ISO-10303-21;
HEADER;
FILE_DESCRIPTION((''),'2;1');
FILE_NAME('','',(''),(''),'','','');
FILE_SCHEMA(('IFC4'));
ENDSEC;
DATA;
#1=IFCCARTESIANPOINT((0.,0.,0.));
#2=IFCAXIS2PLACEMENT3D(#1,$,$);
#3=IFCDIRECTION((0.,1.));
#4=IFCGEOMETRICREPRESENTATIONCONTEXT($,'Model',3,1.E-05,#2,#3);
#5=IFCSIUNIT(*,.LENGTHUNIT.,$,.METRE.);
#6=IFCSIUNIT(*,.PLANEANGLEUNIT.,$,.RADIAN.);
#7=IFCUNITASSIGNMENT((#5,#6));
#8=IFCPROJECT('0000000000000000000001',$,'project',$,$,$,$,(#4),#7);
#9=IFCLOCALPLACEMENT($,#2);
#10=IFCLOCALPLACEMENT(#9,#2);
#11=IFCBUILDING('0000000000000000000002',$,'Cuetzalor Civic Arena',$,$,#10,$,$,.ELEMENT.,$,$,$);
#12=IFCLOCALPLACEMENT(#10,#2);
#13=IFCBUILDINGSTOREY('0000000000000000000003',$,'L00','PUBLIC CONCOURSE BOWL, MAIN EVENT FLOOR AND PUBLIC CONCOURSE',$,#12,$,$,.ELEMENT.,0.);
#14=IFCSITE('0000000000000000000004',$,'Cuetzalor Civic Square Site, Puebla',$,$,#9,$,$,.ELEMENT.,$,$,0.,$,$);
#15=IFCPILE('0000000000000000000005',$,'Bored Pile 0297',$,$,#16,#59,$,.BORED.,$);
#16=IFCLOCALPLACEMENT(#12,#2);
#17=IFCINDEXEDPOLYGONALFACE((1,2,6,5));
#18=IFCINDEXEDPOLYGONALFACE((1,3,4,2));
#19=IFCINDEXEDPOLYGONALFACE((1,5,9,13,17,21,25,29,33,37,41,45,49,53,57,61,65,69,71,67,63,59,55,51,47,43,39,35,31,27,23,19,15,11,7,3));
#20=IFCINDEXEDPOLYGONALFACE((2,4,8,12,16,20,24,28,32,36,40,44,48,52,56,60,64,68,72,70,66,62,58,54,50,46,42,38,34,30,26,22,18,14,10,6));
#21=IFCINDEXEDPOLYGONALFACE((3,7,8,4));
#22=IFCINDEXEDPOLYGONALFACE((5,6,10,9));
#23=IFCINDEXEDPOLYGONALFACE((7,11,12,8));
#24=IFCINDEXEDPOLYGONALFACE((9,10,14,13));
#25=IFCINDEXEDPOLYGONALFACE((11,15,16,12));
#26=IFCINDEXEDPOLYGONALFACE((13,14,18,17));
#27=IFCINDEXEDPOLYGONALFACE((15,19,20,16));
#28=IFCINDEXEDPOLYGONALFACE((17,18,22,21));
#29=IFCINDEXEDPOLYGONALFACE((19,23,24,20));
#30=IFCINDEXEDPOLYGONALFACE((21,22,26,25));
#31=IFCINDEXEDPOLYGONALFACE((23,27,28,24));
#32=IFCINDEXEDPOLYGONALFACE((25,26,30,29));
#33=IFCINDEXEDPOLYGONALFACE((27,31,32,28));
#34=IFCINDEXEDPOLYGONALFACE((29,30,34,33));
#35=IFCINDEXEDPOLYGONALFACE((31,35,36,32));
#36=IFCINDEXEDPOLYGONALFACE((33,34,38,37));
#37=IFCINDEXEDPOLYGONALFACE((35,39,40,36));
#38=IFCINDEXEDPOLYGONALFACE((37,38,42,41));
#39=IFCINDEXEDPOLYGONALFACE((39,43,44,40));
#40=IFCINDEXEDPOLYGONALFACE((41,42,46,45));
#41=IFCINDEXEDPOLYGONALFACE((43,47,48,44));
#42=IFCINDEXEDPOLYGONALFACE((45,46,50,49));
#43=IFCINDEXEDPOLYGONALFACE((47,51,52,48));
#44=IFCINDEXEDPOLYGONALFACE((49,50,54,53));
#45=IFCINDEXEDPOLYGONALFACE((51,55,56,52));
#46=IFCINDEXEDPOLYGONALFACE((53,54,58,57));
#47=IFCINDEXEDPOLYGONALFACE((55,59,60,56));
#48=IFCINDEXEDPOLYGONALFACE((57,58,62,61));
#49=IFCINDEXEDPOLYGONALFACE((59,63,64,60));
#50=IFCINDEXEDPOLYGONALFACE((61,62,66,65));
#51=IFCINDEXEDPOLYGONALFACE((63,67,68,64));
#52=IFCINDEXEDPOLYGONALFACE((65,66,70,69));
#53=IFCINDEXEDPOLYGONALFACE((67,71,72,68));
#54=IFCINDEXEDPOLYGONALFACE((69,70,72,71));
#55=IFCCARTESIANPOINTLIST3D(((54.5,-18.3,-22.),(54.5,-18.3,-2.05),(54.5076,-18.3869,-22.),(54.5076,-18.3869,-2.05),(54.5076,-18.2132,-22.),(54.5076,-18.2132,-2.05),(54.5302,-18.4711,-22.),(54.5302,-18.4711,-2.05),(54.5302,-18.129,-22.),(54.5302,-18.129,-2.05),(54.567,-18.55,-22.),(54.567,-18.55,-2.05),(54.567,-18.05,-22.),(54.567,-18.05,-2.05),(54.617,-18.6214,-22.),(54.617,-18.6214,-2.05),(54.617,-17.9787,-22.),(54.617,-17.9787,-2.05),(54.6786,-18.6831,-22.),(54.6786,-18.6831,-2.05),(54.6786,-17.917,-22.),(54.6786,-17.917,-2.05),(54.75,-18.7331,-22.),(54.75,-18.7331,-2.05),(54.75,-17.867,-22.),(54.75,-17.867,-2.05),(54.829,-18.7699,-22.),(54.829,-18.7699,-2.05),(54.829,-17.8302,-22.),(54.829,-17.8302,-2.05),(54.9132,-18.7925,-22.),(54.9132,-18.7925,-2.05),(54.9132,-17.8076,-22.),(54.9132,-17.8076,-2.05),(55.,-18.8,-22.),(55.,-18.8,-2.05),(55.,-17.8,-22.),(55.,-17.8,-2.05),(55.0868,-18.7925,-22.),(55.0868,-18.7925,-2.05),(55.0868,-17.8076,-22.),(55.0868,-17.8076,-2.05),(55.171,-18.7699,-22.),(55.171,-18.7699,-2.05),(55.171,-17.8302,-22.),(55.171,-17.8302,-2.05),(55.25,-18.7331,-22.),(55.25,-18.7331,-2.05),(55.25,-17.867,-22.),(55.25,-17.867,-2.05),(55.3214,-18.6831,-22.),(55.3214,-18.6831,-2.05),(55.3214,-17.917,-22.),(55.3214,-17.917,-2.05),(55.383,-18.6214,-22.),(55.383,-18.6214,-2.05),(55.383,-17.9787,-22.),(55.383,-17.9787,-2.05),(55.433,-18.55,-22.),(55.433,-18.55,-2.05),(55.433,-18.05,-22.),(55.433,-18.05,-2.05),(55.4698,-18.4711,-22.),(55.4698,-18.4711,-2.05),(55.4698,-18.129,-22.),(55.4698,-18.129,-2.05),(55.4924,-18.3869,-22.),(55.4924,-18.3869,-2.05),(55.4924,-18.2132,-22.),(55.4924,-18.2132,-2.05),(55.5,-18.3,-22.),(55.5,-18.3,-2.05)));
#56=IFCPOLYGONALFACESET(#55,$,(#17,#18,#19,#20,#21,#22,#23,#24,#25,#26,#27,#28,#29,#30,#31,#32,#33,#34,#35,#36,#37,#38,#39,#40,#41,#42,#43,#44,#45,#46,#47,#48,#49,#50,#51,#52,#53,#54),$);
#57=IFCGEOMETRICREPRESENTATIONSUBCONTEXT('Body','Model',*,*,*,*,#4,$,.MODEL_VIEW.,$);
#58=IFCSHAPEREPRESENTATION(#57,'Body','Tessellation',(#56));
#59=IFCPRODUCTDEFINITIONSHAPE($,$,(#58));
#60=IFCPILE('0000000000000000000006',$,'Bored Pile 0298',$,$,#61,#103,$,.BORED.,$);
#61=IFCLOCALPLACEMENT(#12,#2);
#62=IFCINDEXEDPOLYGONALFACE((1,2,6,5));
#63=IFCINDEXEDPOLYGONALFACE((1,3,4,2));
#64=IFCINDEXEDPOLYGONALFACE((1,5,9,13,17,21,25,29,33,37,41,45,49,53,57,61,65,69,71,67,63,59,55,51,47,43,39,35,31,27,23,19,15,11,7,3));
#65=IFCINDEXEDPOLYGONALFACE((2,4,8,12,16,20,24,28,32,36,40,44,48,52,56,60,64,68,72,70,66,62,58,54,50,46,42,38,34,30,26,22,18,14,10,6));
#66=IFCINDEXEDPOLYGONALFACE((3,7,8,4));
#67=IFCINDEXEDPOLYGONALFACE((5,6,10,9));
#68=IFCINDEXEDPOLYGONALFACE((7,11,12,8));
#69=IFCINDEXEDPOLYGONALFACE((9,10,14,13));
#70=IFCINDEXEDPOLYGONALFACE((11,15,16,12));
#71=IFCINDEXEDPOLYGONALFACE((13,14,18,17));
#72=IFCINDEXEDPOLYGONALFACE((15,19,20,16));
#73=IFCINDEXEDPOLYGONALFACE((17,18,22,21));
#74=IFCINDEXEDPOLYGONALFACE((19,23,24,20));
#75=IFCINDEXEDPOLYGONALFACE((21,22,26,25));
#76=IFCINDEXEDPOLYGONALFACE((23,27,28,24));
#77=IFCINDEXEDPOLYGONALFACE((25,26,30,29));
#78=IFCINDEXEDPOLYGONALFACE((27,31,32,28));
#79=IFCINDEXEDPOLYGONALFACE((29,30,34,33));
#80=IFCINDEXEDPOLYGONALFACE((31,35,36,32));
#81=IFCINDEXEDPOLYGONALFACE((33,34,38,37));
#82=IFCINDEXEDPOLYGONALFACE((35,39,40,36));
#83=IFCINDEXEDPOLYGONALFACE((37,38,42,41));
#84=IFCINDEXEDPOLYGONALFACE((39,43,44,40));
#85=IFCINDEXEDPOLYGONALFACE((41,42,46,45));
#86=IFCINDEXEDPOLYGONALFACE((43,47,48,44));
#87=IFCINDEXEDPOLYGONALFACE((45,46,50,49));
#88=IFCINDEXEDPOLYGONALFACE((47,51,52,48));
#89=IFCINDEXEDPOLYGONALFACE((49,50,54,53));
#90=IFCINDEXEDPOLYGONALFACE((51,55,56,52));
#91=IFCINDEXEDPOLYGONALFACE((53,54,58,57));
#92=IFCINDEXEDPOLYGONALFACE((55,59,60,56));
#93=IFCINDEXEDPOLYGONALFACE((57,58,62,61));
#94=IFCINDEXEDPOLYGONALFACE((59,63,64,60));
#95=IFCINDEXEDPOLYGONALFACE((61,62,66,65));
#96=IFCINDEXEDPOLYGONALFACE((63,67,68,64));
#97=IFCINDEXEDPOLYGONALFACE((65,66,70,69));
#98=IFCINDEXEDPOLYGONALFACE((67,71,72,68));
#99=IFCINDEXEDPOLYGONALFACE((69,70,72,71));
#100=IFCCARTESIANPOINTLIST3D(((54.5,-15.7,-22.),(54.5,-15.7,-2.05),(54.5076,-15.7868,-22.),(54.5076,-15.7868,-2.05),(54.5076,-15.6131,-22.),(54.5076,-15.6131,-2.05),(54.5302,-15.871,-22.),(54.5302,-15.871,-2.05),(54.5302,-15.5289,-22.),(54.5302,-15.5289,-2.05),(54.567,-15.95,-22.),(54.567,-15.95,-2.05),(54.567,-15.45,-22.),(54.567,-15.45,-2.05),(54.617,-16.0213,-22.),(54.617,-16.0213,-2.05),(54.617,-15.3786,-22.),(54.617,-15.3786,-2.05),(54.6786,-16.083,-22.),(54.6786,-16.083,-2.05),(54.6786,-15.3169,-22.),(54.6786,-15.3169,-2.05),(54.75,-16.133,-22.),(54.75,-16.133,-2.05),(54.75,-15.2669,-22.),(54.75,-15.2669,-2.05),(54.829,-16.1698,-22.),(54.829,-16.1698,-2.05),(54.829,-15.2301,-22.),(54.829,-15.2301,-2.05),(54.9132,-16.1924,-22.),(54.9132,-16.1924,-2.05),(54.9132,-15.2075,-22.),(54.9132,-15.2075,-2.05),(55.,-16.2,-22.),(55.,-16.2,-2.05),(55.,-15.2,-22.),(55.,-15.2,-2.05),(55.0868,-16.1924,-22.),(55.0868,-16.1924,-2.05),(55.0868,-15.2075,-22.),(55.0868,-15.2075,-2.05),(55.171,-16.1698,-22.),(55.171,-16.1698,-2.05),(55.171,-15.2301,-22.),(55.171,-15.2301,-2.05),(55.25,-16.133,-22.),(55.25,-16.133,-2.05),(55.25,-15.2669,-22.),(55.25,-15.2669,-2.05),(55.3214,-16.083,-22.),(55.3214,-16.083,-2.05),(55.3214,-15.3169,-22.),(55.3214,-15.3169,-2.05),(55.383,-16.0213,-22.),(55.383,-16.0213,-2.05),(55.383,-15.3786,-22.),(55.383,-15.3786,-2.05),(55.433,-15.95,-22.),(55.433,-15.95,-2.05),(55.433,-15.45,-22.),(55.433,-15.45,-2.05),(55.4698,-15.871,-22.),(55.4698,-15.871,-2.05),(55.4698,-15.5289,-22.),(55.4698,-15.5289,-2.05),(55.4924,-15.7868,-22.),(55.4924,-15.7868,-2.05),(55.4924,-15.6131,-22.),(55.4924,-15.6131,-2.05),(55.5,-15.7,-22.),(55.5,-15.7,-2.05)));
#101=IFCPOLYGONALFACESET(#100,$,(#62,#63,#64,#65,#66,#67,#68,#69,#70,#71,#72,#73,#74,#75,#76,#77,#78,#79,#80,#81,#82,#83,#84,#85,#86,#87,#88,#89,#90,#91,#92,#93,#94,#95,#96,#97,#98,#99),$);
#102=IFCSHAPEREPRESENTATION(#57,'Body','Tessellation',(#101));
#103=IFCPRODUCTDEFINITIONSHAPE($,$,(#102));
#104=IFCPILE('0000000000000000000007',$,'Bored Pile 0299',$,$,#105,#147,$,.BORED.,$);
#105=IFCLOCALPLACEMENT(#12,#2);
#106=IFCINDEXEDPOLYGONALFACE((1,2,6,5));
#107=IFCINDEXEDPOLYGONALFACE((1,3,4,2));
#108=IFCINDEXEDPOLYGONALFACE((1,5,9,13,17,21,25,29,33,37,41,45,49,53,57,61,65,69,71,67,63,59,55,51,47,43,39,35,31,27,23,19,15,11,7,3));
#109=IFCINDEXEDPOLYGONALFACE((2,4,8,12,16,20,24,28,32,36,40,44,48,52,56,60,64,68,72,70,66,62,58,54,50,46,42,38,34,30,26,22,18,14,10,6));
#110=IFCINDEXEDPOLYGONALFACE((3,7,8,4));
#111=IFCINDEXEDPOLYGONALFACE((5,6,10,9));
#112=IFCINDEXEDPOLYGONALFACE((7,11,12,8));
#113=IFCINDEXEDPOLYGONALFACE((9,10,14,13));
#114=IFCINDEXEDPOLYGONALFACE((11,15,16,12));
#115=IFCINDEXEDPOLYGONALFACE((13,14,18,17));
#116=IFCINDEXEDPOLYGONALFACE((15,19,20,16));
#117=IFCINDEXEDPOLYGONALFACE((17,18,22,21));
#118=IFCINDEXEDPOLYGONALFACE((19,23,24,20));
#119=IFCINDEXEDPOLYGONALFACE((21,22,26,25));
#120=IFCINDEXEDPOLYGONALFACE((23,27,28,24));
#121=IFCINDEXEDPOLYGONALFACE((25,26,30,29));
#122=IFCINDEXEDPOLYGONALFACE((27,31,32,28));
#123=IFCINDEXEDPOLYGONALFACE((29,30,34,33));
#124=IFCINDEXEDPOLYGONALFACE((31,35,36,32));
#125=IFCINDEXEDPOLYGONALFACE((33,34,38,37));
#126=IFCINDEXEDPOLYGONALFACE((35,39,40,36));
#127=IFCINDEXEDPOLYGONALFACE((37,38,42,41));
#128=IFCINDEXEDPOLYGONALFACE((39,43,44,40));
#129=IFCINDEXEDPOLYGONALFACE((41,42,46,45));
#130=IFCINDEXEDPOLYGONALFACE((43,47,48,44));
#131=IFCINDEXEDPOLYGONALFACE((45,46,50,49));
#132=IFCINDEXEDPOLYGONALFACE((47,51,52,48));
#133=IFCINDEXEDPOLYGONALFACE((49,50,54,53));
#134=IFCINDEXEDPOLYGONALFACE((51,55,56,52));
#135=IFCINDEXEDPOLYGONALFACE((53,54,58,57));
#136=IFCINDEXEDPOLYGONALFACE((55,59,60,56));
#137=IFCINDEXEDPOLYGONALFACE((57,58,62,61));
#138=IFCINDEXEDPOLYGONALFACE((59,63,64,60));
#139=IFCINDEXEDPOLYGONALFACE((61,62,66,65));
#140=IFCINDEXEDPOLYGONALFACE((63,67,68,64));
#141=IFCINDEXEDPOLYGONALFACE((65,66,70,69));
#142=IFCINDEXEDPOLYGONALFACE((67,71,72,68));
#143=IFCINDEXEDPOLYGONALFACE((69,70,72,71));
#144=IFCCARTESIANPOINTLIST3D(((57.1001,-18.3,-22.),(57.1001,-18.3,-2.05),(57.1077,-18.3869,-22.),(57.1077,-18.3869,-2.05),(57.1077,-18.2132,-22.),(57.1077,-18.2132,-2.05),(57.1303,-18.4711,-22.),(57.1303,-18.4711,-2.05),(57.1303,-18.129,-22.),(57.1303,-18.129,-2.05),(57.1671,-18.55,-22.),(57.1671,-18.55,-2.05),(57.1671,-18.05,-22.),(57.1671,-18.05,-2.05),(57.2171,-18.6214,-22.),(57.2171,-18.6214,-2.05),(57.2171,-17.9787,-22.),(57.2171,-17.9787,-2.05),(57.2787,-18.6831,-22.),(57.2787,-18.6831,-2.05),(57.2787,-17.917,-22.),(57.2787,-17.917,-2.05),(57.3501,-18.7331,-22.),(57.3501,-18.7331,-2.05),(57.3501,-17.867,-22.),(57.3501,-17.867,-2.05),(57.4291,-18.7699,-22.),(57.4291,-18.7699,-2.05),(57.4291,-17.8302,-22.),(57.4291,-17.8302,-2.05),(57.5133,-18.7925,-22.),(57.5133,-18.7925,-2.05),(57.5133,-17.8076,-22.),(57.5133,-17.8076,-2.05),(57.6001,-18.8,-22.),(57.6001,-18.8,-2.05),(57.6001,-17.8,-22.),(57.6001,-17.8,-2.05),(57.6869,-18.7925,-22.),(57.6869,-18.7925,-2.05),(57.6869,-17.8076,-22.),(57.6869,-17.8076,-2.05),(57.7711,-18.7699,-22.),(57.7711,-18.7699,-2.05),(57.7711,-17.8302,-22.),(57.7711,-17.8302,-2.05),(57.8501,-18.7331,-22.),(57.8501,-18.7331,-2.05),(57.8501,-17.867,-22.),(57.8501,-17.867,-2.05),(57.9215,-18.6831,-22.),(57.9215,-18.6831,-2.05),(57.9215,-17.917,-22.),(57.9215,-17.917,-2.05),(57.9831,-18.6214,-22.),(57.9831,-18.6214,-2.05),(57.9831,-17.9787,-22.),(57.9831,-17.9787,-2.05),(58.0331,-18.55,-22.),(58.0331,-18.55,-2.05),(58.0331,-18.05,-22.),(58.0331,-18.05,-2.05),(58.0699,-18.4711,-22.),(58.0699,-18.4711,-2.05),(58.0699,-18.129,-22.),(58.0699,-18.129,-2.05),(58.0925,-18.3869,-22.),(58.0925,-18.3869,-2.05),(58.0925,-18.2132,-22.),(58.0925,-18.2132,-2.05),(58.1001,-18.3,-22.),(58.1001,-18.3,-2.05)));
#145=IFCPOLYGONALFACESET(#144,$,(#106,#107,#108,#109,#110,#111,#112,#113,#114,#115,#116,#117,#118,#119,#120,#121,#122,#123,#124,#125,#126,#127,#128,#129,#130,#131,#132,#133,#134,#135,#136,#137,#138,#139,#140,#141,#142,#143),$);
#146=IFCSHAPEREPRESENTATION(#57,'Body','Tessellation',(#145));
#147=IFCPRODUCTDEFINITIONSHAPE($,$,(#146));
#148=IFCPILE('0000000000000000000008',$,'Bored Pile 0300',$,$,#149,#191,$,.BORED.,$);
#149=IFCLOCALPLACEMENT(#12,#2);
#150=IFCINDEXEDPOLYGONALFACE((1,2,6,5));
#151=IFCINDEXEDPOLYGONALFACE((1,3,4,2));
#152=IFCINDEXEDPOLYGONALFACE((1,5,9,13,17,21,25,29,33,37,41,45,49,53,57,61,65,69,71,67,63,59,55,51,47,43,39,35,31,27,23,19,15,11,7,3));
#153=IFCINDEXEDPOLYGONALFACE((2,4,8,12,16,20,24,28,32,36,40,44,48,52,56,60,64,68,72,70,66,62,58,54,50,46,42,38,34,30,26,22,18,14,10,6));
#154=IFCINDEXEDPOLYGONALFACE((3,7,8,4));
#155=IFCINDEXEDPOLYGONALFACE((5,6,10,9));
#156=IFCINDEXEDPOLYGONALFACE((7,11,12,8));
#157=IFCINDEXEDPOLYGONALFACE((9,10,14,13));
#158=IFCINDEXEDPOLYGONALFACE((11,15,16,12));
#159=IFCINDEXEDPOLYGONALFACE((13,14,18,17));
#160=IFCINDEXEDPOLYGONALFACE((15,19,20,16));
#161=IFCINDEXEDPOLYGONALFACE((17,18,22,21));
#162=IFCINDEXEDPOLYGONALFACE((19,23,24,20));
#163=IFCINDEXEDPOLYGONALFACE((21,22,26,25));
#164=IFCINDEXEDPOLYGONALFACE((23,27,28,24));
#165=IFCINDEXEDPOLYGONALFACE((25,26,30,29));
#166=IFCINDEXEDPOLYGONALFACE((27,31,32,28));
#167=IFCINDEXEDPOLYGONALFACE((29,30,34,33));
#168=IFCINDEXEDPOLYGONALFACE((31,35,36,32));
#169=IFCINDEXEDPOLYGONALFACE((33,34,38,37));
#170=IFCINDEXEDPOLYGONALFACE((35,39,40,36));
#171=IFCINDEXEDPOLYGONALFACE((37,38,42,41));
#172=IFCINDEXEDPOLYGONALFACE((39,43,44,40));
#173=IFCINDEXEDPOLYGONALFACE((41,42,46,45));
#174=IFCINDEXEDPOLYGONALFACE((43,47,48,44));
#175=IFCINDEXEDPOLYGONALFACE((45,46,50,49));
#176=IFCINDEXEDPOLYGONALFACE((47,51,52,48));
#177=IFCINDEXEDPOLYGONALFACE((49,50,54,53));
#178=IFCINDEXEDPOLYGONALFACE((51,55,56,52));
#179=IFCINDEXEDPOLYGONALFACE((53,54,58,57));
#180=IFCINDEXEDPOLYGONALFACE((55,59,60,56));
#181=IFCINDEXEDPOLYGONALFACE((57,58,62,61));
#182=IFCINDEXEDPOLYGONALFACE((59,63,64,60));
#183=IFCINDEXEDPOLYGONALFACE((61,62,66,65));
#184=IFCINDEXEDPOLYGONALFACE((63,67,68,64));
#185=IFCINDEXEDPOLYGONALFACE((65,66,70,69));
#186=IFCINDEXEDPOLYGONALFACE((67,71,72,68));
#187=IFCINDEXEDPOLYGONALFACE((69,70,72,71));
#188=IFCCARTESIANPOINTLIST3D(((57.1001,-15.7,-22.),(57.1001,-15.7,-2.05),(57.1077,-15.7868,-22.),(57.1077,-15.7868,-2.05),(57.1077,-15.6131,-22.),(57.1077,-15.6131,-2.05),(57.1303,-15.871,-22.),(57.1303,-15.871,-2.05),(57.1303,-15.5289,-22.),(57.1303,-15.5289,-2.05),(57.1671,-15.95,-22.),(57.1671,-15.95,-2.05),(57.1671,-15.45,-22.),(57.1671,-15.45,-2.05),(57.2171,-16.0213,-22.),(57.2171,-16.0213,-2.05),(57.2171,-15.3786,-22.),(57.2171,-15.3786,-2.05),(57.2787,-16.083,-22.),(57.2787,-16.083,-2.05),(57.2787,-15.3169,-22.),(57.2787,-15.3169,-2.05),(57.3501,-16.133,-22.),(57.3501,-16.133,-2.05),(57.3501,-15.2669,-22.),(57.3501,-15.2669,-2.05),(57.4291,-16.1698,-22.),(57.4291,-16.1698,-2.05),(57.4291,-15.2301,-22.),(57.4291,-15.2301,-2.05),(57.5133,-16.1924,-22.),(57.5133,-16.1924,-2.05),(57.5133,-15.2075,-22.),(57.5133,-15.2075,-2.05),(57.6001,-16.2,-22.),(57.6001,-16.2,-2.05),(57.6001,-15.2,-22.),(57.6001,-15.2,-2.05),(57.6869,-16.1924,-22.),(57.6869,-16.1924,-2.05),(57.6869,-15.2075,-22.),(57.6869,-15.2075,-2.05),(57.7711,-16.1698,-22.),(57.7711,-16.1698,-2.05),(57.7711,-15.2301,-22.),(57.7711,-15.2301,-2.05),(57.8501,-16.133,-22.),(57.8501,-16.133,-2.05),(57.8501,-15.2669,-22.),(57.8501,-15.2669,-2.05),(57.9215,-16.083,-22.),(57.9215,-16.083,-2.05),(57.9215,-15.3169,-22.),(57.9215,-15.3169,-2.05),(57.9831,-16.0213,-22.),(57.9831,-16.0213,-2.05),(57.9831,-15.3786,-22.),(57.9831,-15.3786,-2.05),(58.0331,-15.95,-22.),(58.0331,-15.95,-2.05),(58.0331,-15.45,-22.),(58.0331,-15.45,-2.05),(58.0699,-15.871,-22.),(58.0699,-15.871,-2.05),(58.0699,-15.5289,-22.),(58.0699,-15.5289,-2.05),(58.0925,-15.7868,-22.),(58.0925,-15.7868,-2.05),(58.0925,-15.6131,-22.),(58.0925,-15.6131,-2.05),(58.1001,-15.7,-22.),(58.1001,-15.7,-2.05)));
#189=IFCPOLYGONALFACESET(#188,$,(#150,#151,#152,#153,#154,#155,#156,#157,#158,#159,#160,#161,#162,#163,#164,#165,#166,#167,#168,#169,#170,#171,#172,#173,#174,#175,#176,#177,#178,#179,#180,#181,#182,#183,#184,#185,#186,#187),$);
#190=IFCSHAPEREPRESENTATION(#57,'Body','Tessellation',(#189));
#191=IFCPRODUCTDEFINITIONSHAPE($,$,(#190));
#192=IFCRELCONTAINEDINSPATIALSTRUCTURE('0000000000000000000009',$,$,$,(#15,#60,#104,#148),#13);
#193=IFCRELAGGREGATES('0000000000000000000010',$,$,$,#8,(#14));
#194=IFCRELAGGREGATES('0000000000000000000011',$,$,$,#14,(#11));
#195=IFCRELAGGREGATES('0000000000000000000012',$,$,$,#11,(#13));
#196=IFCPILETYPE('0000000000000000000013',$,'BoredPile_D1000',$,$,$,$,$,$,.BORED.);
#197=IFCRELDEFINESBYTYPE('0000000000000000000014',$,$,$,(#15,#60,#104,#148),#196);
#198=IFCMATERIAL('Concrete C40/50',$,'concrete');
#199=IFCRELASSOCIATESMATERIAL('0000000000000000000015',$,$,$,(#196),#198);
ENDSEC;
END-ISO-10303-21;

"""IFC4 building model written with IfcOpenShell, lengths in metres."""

from ifc_helpers import new_model, si_unit, direction, frame, origin, origin_2d, place, context, subcontext, project, spatial, circle, extrude, material, material_profile, profile_set, type_object, element, save


model = new_model("IFC4")

# Units and contexts
model_context = context("Model", 3, precision=1e-05, world=origin(), true_north=direction((0.0, 1.0)))
body_context = subcontext(model_context, "Body", "Model", "MODEL_VIEW")
ifc_project = project(units=[si_unit("LENGTHUNIT", "METRE"), si_unit("PLANEANGLEUNIT", "RADIAN")], contexts=[model_context])

# Site, building, storey
site_placement = place(None, origin())
site = spatial("IfcSite", under=ifc_project, at=site_placement, Name="Cuetzalor Civic Square Site, Puebla", CompositionType="ELEMENT", RefElevation=0.0)
building_placement = place(site_placement, origin())
building = spatial("IfcBuilding", under=site, at=building_placement, Name="Cuetzalor Civic Arena", CompositionType="ELEMENT")
storey_placement = place(building_placement, origin())
storey = spatial("IfcBuildingStorey", under=building, at=storey_placement, Name="L00", Description="PUBLIC CONCOURSE BOWL, MAIN EVENT FLOOR AND PUBLIC CONCOURSE", CompositionType="ELEMENT", Elevation=0.0)

# Piles
ifc_material_1 = material(Name="Concrete C40/50", Category="concrete")
ifc_material_profile_1 = material_profile(ifc_material_1, circle(Radius=0.5, at=origin_2d()), Name="BORED PILE D1000")
ifc_profile_set_1 = profile_set([ifc_material_profile_1], Name="Concrete C40/50")
pile_type_1 = type_object("IfcPileType", Name="BoredPile_D1000", PredefinedType="BORED", material=ifc_profile_set_1)
for number, where, z_axis, x_axis, name in (
    (1, (55.0, -18.3, -2.05), (0.0, 0.0, -1.0), (1.0, 0.0, 0.0), "Bored Pile 0297"),
    (2, (55.0, -15.7, -2.05), (0.0, 0.0, -1.0), (1.0, 0.0, 0.0), "Bored Pile 0298"),
    (3, (57.6001, -18.3, -2.05), (0.0, 0.0, -1.0), (1.0, 0.0, 0.0), "Bored Pile 0299"),
    (4, (57.6001, -15.7, -2.05), (0.0, 0.0, -1.0), (1.0, 0.0, 0.0), "Bored Pile 0300"),
):
    element("IfcPile", number, at=place(storey_placement, frame(where, z_axis=z_axis, x_axis=x_axis)), inside=storey, type_object=pile_type_1, Name=name, PredefinedType="BORED", context=body_context, shape_type="SweptSolid", body=[
        extrude(circle(Radius=0.5, at=origin_2d()), origin(), (0.0, 0.0, 1.0), 19.95),
    ])

save(model, "model.ifc")
